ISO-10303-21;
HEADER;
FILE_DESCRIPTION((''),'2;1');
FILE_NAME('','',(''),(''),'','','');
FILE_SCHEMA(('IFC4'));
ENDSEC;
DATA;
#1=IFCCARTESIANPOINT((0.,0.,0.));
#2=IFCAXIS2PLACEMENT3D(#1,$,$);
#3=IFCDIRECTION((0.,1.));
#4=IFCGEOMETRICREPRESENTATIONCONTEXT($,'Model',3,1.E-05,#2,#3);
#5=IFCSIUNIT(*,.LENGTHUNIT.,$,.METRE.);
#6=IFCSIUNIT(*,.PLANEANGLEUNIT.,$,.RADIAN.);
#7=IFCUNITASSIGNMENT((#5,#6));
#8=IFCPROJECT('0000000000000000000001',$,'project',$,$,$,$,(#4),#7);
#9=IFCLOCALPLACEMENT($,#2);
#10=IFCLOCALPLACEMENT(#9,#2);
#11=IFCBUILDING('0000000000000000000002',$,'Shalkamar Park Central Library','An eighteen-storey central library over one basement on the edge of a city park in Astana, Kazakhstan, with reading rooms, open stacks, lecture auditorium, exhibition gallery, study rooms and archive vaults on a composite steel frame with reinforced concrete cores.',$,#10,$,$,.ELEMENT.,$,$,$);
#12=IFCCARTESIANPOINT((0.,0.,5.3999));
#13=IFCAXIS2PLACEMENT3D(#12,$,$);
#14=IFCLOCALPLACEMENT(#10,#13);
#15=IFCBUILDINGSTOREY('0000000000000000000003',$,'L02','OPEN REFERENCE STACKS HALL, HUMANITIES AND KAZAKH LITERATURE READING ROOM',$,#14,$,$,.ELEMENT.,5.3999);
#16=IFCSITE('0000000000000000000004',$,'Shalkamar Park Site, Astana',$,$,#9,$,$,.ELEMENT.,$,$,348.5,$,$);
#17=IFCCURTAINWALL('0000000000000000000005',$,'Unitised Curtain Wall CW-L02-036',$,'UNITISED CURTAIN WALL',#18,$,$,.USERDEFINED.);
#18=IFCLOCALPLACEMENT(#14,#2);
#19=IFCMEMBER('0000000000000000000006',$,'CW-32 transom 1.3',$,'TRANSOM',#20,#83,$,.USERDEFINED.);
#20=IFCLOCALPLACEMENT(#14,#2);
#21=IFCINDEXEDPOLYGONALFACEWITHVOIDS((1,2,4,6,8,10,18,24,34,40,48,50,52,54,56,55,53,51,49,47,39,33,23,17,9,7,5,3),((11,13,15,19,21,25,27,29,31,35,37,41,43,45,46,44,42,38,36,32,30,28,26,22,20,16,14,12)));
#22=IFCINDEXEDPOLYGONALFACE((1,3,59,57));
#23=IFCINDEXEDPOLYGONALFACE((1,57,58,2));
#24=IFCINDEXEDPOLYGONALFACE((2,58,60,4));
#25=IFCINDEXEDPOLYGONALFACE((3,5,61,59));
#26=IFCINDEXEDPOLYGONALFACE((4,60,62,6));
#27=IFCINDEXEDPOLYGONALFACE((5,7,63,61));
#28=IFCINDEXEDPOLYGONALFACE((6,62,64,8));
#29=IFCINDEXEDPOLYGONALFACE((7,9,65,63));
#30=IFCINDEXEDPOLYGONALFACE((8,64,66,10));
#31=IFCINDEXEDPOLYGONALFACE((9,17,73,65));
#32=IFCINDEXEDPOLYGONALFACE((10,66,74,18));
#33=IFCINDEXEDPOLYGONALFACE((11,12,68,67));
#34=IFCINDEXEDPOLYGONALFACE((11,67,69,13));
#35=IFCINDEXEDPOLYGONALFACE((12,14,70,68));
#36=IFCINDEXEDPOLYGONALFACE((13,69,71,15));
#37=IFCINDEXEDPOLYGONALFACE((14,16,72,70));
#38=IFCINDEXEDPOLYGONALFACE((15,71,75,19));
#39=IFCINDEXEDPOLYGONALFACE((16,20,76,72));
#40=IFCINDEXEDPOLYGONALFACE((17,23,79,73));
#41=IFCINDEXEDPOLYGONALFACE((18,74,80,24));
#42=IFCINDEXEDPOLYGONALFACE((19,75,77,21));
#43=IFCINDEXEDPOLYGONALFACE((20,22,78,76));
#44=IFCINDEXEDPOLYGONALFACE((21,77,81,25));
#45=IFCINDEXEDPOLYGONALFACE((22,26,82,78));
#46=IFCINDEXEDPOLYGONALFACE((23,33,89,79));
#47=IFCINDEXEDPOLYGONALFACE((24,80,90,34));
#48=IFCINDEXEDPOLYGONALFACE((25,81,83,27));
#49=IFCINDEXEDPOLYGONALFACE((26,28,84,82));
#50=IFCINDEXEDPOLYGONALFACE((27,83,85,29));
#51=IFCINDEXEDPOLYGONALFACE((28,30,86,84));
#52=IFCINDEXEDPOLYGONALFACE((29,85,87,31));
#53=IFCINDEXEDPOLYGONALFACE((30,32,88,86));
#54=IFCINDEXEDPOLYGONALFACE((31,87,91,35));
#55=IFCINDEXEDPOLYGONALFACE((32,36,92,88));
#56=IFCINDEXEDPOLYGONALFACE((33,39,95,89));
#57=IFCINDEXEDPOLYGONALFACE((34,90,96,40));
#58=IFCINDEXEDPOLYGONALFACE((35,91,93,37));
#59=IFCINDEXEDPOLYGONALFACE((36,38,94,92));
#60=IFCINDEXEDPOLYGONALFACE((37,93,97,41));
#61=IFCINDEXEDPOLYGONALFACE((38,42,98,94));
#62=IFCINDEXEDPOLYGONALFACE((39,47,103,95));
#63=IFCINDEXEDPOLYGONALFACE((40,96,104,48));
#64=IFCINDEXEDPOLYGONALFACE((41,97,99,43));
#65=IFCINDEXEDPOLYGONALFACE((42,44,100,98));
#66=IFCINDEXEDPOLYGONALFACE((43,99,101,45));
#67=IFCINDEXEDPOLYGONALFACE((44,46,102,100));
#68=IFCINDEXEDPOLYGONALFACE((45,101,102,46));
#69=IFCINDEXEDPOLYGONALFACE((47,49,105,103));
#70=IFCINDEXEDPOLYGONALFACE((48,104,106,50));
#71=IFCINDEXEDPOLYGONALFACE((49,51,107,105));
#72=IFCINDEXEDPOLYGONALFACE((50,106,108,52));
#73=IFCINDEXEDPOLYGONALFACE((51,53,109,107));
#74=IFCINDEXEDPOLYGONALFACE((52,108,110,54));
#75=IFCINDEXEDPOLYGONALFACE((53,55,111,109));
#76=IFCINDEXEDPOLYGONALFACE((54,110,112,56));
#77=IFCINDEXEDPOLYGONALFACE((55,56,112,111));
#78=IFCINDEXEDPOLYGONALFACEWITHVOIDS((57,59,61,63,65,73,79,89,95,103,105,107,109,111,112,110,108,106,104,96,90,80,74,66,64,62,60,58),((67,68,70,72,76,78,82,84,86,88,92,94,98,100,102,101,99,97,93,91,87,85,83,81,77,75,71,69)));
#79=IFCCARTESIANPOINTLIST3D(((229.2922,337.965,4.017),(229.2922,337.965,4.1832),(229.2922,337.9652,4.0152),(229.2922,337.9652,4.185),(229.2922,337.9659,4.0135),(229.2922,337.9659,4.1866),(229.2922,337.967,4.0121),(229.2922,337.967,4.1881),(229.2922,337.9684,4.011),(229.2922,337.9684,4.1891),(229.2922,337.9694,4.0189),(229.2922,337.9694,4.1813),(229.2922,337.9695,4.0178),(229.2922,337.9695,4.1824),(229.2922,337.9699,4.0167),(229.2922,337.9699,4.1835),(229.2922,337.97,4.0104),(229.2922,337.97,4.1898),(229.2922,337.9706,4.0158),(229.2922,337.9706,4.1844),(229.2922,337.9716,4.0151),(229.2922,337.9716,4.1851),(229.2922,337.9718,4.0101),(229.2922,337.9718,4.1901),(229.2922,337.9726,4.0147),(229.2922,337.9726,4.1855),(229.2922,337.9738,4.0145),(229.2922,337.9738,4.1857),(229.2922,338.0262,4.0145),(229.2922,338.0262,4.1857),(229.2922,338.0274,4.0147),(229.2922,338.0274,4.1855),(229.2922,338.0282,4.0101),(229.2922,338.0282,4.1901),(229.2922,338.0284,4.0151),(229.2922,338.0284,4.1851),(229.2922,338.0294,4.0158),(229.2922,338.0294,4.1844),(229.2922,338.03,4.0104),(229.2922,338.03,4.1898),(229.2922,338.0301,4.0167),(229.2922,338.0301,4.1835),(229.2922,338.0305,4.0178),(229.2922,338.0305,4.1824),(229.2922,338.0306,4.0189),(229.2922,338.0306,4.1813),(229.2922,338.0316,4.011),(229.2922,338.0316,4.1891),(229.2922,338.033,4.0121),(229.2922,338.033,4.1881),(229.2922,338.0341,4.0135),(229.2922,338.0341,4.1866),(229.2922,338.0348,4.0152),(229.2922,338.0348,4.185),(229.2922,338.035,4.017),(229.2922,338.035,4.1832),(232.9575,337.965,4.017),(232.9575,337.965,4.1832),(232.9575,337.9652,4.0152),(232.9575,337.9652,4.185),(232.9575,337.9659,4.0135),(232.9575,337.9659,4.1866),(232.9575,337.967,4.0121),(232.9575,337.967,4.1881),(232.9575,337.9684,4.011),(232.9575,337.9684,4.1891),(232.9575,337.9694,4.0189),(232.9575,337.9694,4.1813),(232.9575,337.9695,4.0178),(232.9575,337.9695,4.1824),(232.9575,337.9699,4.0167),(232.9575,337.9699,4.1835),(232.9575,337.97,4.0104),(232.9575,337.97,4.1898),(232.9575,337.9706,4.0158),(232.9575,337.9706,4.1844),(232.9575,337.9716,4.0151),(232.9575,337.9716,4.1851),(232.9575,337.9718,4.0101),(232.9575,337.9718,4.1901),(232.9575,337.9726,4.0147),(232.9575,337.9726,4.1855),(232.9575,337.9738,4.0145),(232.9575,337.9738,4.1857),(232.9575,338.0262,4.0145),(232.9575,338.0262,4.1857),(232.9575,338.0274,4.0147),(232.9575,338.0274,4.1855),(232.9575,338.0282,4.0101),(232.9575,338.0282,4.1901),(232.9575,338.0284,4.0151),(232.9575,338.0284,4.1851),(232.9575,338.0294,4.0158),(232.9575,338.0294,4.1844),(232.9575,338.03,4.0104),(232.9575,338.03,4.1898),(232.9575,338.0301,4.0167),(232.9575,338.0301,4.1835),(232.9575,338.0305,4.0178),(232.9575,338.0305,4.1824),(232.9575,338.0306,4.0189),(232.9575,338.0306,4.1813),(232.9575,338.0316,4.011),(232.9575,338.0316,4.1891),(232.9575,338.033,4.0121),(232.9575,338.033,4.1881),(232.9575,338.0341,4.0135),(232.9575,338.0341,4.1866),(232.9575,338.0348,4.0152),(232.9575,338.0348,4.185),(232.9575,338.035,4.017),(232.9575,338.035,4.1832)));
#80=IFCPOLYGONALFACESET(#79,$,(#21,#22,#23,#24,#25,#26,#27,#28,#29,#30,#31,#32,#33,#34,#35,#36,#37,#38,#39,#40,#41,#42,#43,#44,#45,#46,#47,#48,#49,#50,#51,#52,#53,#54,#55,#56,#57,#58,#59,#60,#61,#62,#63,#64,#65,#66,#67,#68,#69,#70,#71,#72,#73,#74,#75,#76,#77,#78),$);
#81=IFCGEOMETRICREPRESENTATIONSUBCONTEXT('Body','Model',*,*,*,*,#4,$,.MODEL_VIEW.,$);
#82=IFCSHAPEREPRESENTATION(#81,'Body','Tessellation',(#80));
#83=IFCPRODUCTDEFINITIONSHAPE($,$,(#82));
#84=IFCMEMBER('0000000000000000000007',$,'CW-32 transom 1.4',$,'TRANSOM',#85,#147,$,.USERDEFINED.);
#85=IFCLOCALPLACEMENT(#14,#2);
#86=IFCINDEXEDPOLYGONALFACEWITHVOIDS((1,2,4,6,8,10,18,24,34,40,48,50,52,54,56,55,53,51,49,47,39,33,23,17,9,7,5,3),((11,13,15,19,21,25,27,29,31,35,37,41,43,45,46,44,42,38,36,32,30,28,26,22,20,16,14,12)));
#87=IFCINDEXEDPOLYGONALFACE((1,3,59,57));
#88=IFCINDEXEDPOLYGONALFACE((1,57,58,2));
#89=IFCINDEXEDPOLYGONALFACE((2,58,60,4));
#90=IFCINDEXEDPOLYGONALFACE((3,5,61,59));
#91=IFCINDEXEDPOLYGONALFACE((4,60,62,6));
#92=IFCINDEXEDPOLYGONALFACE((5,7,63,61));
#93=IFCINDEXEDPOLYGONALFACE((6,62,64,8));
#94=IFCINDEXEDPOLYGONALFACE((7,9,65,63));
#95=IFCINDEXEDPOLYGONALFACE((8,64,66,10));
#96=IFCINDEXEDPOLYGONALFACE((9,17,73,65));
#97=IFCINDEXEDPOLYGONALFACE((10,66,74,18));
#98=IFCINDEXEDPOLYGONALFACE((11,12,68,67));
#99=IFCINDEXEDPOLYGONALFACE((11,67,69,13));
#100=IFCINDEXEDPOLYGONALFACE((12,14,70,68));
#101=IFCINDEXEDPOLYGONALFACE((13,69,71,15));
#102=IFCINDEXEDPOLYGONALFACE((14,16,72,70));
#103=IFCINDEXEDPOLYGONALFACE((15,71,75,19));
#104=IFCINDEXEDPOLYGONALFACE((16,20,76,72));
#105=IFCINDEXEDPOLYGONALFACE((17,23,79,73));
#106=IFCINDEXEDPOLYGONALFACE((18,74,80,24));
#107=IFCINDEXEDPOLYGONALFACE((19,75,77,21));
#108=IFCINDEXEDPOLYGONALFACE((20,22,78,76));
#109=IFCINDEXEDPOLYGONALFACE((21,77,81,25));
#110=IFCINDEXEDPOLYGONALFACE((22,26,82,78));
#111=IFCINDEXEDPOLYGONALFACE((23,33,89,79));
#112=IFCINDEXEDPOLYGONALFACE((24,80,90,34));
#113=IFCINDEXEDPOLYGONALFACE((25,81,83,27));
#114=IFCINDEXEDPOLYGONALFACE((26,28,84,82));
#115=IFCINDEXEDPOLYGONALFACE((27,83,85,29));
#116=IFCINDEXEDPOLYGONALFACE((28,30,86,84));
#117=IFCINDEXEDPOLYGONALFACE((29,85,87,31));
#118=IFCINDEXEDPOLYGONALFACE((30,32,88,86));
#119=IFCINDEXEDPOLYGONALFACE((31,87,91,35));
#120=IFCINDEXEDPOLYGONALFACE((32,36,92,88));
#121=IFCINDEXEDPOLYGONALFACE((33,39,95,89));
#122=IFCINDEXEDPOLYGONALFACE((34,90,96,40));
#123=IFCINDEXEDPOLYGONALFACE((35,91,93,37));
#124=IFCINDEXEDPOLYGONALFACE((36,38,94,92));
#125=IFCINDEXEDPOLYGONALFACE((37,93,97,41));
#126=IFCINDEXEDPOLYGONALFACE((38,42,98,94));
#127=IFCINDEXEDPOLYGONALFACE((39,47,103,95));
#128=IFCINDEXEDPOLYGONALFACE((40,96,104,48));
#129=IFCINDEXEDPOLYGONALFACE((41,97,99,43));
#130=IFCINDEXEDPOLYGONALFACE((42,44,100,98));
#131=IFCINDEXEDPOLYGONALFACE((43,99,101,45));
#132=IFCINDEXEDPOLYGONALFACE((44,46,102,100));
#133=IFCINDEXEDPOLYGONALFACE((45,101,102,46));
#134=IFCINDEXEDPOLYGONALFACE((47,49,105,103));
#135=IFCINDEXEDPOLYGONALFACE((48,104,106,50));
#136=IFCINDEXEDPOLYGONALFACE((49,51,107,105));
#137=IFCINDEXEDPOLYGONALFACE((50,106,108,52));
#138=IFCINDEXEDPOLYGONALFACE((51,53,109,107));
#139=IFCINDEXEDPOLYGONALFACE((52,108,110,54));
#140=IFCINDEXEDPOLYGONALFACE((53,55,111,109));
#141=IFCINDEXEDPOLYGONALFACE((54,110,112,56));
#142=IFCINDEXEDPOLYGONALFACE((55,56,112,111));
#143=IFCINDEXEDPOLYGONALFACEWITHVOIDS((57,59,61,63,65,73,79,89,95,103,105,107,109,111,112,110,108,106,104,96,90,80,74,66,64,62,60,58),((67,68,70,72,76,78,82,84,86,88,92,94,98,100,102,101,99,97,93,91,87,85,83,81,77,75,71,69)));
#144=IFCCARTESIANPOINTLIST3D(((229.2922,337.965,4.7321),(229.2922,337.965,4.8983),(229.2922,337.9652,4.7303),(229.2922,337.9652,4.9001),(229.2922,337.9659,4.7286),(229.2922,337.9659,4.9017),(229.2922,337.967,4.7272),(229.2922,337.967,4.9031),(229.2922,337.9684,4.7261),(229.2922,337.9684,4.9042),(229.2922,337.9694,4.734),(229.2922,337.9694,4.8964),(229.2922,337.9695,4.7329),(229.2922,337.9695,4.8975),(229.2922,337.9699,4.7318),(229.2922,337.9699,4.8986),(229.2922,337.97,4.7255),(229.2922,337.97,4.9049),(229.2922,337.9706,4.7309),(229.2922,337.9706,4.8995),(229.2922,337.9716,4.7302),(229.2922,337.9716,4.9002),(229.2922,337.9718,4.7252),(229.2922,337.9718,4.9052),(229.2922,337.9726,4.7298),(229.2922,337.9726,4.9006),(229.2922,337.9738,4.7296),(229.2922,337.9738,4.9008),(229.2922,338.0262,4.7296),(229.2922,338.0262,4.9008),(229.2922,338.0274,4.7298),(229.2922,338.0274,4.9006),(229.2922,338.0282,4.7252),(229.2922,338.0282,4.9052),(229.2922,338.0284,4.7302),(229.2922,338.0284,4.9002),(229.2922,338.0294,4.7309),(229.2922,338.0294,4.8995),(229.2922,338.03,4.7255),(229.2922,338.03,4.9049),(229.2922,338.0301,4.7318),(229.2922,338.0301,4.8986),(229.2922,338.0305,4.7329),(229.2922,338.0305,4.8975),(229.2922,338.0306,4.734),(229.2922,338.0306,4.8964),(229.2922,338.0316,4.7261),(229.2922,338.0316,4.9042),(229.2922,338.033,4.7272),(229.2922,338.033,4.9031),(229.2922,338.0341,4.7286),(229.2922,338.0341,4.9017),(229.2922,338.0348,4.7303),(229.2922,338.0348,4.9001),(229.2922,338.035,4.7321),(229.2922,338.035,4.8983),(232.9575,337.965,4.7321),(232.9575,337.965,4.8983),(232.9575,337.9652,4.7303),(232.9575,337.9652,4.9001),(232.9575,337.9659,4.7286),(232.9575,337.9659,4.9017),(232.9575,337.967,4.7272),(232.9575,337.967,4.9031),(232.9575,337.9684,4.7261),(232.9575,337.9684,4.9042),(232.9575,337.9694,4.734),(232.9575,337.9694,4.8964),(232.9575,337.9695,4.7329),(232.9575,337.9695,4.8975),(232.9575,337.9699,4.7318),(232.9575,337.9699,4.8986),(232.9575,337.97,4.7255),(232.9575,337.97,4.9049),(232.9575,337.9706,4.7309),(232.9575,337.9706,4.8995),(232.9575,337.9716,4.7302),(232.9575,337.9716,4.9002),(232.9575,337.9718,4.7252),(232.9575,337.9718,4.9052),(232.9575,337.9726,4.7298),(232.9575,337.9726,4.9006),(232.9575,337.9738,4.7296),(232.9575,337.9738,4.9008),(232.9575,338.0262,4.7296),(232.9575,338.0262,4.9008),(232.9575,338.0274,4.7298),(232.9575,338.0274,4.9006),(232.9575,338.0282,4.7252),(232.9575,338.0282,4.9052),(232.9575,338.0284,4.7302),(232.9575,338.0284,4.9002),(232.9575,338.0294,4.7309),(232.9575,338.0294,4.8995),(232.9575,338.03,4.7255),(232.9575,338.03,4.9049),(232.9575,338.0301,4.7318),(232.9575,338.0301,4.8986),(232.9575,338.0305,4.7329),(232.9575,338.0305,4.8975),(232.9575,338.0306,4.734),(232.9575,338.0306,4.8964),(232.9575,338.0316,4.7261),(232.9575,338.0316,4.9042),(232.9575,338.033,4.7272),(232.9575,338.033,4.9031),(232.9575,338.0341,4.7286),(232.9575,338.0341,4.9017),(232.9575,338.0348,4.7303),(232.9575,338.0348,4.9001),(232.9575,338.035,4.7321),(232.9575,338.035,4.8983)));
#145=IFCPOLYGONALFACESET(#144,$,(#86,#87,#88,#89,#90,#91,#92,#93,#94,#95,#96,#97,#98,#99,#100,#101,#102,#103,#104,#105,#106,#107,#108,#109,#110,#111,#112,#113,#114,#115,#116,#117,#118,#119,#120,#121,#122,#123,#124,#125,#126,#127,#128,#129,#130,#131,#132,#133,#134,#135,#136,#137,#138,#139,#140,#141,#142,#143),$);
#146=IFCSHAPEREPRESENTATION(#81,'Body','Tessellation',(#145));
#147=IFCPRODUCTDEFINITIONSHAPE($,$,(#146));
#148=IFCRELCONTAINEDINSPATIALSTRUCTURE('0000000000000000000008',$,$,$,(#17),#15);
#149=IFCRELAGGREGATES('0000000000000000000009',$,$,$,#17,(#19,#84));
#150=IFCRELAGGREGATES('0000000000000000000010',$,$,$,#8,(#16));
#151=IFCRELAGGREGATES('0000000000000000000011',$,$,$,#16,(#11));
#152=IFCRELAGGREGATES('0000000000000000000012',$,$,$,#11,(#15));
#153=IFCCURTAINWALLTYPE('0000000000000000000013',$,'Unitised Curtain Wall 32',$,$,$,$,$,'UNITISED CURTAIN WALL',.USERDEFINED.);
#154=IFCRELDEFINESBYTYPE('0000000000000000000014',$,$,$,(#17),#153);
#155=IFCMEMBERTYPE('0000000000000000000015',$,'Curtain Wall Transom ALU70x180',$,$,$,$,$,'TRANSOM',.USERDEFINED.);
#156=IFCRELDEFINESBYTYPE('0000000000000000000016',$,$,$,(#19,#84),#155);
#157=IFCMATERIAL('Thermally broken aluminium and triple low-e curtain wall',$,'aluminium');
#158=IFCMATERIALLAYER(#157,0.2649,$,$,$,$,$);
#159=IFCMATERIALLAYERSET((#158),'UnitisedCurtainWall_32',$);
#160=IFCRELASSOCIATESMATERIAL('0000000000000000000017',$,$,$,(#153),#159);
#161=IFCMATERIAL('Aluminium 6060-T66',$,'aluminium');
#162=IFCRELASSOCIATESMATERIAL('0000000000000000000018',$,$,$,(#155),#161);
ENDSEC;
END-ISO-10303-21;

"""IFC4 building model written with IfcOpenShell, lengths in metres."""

from ifc_helpers import new_model, si_unit, direction, frame, origin, origin_2d, place, context, subcontext, project, spatial, hollow_rectangle, extrude, material, layer, layer_set, material_profile, profile_set, type_object, element, aggregate, save


model = new_model("IFC4")

# Units and contexts
model_context = context("Model", 3, precision=1e-05, world=origin(), true_north=direction((0.0, 1.0)))
body_context = subcontext(model_context, "Body", "Model", "MODEL_VIEW")
ifc_project = project(units=[si_unit("LENGTHUNIT", "METRE"), si_unit("PLANEANGLEUNIT", "RADIAN")], contexts=[model_context])

# Site, building, storey
site_placement = place(None, origin())
site = spatial("IfcSite", under=ifc_project, at=site_placement, Name="Shalkamar Park Site, Astana", CompositionType="ELEMENT", RefElevation=348.5)
building_placement = place(site_placement, origin())
building = spatial("IfcBuilding", under=site, at=building_placement, Name="Shalkamar Park Central Library", Description="An eighteen-storey central library over one basement on the edge of a city park in Astana, Kazakhstan, with reading rooms, open stacks, lecture auditorium, exhibition gallery, study rooms and archive vaults on a composite steel frame with reinforced concrete cores.", CompositionType="ELEMENT")
storey_placement = place(building_placement, frame((0.0, 0.0, 5.3999)))
storey = spatial("IfcBuildingStorey", under=building, at=storey_placement, Name="L02", Description="OPEN REFERENCE STACKS HALL, HUMANITIES AND KAZAKH LITERATURE READING ROOM", CompositionType="ELEMENT", Elevation=5.3999)

# Shared definitions
ifc_material_1 = material(Name="Thermally broken aluminium and triple low-e curtain wall", Category="aluminium")
ifc_material_2 = material(Name="Aluminium 6060-T66", Category="aluminium")

# Curtain wall
ifc_layer_1 = layer(ifc_material_1, 0.2649)
ifc_layer_set_1 = layer_set([ifc_layer_1], Name="UnitisedCurtainWall_32")
curtain_wall_type_1 = type_object("IfcCurtainWallType", Name="Unitised Curtain Wall 32", ElementType="UNITISED CURTAIN WALL", PredefinedType="USERDEFINED", material=ifc_layer_set_1)
curtain_wall_1_placement = place(storey_placement, origin())
curtain_wall_1 = element("IfcCurtainWall", 1, at=curtain_wall_1_placement, inside=storey, type_object=curtain_wall_type_1, Name="Unitised Curtain Wall CW-L02-036", ObjectType="UNITISED CURTAIN WALL", PredefinedType="USERDEFINED")

# Members
ifc_material_profile_1 = material_profile(ifc_material_2, hollow_rectangle(XDim=0.0701, YDim=0.1799, WallThickness=0.0044, InnerFilletRadius=0.0044, OuterFilletRadius=0.0068, at=origin_2d()), Name="ALU 70x180x4.5")
ifc_profile_set_1 = profile_set([ifc_material_profile_1], Name="Aluminium 6060-T66")
member_type_1 = type_object("IfcMemberType", Name="Curtain Wall Transom ALU70x180", ElementType="TRANSOM", PredefinedType="USERDEFINED", material=ifc_profile_set_1)
member_1_placement = place(storey_placement, frame((229.2922, 338.0, 4.1001), z_axis=(1.0, 0.0, 0.0), x_axis=(0.0, 1.0, 0.0)))
member_1 = element("IfcMember", 2, at=member_1_placement, type_object=member_type_1, Name="CW-32 transom 1.3", ObjectType="TRANSOM", PredefinedType="USERDEFINED", context=body_context, shape_type="SweptSolid", body=[
    extrude(hollow_rectangle(XDim=0.0701, YDim=0.1799, WallThickness=0.0044, InnerFilletRadius=0.0044, OuterFilletRadius=0.0068, at=origin_2d()), origin(), (0.0, 0.0, 1.0), 3.6653),
])
member_2_placement = place(storey_placement, frame((229.2922, 338.0, 4.8152), z_axis=(1.0, 0.0, 0.0), x_axis=(0.0, 1.0, 0.0)))
member_2 = element("IfcMember", 3, at=member_2_placement, type_object=member_type_1, Name="CW-32 transom 1.4", ObjectType="TRANSOM", PredefinedType="USERDEFINED", context=body_context, shape_type="SweptSolid", body=[
    extrude(hollow_rectangle(XDim=0.0701, YDim=0.1799, WallThickness=0.0044, InnerFilletRadius=0.0044, OuterFilletRadius=0.0068, at=origin_2d()), origin(), (0.0, 0.0, 1.0), 3.6653),
])

aggregate(curtain_wall_1, [member_1, member_2])

save(model, "model.ifc")
